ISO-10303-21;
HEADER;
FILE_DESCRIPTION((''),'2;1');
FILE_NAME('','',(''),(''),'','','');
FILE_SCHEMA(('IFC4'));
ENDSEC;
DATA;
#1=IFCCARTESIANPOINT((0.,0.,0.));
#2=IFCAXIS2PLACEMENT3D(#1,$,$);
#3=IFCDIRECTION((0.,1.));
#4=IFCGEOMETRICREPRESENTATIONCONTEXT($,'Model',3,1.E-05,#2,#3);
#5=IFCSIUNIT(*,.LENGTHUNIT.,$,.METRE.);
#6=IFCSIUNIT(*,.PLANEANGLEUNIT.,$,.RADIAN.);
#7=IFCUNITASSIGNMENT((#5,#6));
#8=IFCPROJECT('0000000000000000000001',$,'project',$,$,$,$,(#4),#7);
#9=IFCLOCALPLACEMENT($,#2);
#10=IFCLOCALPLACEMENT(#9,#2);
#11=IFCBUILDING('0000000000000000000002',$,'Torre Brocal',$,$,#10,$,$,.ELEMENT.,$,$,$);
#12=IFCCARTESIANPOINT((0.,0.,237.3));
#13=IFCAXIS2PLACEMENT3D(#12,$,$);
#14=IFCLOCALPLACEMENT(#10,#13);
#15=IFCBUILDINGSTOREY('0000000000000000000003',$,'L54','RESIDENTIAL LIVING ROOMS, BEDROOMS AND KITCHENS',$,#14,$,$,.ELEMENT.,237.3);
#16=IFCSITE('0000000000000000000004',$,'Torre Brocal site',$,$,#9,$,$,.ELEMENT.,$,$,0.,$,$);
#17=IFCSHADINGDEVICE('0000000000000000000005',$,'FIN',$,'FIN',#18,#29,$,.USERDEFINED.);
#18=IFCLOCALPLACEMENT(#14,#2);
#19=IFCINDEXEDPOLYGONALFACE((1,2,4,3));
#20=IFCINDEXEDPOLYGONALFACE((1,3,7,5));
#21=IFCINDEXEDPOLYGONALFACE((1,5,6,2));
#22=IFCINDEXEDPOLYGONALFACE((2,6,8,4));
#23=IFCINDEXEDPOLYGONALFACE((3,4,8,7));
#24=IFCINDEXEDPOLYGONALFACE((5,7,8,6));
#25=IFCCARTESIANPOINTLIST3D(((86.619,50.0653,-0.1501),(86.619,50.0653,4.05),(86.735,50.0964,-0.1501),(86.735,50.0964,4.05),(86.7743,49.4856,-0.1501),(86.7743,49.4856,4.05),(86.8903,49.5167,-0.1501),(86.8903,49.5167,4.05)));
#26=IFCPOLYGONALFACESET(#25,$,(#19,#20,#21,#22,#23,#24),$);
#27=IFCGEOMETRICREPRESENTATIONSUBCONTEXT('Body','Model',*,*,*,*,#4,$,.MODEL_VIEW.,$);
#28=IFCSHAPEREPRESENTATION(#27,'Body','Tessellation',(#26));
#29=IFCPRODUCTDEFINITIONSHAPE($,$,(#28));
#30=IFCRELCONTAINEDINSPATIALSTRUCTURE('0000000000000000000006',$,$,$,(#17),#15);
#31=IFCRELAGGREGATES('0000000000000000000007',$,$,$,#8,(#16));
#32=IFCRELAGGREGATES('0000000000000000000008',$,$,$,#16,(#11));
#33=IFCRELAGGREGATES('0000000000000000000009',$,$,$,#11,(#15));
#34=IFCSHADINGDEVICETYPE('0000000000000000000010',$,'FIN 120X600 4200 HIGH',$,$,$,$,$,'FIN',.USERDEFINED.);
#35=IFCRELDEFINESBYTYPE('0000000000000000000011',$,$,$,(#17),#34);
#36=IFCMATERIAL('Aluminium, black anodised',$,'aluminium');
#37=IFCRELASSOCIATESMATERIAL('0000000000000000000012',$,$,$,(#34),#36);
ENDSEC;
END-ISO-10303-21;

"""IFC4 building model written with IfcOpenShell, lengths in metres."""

from ifc_helpers import new_model, si_unit, direction, frame, origin, origin_2d, place, context, subcontext, project, spatial, rectangle, extrude, material, material_profile, profile_set, type_object, element, save


model = new_model("IFC4")

# Units and contexts
model_context = context("Model", 3, precision=1e-05, world=origin(), true_north=direction((0.0, 1.0)))
body_context = subcontext(model_context, "Body", "Model", "MODEL_VIEW")
ifc_project = project(units=[si_unit("LENGTHUNIT", "METRE"), si_unit("PLANEANGLEUNIT", "RADIAN")], contexts=[model_context])

# Site, building, storey
site_placement = place(None, origin())
site = spatial("IfcSite", under=ifc_project, at=site_placement, Name="Torre Brocal site", CompositionType="ELEMENT", RefElevation=0.0)
building_placement = place(site_placement, origin())
building = spatial("IfcBuilding", under=site, at=building_placement, Name="Torre Brocal", CompositionType="ELEMENT")
storey_placement = place(building_placement, frame((0.0, 0.0, 237.3)))
storey = spatial("IfcBuildingStorey", under=building, at=storey_placement, Name="L54", Description="RESIDENTIAL LIVING ROOMS, BEDROOMS AND KITCHENS", CompositionType="ELEMENT", Elevation=237.3)

# Shading device
ifc_material_1 = material(Name="Aluminium, black anodised", Category="aluminium")
ifc_material_profile_1 = material_profile(ifc_material_1, rectangle(XDim=0.1201, YDim=0.6001, at=origin_2d()), Name="FIN 120X600 4200 HIGH")
ifc_profile_set_1 = profile_set([ifc_material_profile_1], Name="Aluminium, black anodised")
shading_device_type = type_object("IfcShadingDeviceType", Name="FIN 120X600 4200 HIGH", ElementType="FIN", PredefinedType="USERDEFINED", material=ifc_profile_set_1)
shading_device_placement = place(storey_placement, frame((86.7546, 49.791, -0.1501), z_axis=(0.0, 0.0, 1.0), x_axis=(0.965926, 0.258819, 0.0)))
element("IfcShadingDevice", 1, at=shading_device_placement, inside=storey, type_object=shading_device_type, Name="FIN", ObjectType="FIN", PredefinedType="USERDEFINED", context=body_context, shape_type="SweptSolid", body=[
    extrude(rectangle(XDim=0.1201, YDim=0.6001, at=origin_2d()), origin(), (0.0, 0.0, 1.0), 4.2002),
])

save(model, "model.ifc")
